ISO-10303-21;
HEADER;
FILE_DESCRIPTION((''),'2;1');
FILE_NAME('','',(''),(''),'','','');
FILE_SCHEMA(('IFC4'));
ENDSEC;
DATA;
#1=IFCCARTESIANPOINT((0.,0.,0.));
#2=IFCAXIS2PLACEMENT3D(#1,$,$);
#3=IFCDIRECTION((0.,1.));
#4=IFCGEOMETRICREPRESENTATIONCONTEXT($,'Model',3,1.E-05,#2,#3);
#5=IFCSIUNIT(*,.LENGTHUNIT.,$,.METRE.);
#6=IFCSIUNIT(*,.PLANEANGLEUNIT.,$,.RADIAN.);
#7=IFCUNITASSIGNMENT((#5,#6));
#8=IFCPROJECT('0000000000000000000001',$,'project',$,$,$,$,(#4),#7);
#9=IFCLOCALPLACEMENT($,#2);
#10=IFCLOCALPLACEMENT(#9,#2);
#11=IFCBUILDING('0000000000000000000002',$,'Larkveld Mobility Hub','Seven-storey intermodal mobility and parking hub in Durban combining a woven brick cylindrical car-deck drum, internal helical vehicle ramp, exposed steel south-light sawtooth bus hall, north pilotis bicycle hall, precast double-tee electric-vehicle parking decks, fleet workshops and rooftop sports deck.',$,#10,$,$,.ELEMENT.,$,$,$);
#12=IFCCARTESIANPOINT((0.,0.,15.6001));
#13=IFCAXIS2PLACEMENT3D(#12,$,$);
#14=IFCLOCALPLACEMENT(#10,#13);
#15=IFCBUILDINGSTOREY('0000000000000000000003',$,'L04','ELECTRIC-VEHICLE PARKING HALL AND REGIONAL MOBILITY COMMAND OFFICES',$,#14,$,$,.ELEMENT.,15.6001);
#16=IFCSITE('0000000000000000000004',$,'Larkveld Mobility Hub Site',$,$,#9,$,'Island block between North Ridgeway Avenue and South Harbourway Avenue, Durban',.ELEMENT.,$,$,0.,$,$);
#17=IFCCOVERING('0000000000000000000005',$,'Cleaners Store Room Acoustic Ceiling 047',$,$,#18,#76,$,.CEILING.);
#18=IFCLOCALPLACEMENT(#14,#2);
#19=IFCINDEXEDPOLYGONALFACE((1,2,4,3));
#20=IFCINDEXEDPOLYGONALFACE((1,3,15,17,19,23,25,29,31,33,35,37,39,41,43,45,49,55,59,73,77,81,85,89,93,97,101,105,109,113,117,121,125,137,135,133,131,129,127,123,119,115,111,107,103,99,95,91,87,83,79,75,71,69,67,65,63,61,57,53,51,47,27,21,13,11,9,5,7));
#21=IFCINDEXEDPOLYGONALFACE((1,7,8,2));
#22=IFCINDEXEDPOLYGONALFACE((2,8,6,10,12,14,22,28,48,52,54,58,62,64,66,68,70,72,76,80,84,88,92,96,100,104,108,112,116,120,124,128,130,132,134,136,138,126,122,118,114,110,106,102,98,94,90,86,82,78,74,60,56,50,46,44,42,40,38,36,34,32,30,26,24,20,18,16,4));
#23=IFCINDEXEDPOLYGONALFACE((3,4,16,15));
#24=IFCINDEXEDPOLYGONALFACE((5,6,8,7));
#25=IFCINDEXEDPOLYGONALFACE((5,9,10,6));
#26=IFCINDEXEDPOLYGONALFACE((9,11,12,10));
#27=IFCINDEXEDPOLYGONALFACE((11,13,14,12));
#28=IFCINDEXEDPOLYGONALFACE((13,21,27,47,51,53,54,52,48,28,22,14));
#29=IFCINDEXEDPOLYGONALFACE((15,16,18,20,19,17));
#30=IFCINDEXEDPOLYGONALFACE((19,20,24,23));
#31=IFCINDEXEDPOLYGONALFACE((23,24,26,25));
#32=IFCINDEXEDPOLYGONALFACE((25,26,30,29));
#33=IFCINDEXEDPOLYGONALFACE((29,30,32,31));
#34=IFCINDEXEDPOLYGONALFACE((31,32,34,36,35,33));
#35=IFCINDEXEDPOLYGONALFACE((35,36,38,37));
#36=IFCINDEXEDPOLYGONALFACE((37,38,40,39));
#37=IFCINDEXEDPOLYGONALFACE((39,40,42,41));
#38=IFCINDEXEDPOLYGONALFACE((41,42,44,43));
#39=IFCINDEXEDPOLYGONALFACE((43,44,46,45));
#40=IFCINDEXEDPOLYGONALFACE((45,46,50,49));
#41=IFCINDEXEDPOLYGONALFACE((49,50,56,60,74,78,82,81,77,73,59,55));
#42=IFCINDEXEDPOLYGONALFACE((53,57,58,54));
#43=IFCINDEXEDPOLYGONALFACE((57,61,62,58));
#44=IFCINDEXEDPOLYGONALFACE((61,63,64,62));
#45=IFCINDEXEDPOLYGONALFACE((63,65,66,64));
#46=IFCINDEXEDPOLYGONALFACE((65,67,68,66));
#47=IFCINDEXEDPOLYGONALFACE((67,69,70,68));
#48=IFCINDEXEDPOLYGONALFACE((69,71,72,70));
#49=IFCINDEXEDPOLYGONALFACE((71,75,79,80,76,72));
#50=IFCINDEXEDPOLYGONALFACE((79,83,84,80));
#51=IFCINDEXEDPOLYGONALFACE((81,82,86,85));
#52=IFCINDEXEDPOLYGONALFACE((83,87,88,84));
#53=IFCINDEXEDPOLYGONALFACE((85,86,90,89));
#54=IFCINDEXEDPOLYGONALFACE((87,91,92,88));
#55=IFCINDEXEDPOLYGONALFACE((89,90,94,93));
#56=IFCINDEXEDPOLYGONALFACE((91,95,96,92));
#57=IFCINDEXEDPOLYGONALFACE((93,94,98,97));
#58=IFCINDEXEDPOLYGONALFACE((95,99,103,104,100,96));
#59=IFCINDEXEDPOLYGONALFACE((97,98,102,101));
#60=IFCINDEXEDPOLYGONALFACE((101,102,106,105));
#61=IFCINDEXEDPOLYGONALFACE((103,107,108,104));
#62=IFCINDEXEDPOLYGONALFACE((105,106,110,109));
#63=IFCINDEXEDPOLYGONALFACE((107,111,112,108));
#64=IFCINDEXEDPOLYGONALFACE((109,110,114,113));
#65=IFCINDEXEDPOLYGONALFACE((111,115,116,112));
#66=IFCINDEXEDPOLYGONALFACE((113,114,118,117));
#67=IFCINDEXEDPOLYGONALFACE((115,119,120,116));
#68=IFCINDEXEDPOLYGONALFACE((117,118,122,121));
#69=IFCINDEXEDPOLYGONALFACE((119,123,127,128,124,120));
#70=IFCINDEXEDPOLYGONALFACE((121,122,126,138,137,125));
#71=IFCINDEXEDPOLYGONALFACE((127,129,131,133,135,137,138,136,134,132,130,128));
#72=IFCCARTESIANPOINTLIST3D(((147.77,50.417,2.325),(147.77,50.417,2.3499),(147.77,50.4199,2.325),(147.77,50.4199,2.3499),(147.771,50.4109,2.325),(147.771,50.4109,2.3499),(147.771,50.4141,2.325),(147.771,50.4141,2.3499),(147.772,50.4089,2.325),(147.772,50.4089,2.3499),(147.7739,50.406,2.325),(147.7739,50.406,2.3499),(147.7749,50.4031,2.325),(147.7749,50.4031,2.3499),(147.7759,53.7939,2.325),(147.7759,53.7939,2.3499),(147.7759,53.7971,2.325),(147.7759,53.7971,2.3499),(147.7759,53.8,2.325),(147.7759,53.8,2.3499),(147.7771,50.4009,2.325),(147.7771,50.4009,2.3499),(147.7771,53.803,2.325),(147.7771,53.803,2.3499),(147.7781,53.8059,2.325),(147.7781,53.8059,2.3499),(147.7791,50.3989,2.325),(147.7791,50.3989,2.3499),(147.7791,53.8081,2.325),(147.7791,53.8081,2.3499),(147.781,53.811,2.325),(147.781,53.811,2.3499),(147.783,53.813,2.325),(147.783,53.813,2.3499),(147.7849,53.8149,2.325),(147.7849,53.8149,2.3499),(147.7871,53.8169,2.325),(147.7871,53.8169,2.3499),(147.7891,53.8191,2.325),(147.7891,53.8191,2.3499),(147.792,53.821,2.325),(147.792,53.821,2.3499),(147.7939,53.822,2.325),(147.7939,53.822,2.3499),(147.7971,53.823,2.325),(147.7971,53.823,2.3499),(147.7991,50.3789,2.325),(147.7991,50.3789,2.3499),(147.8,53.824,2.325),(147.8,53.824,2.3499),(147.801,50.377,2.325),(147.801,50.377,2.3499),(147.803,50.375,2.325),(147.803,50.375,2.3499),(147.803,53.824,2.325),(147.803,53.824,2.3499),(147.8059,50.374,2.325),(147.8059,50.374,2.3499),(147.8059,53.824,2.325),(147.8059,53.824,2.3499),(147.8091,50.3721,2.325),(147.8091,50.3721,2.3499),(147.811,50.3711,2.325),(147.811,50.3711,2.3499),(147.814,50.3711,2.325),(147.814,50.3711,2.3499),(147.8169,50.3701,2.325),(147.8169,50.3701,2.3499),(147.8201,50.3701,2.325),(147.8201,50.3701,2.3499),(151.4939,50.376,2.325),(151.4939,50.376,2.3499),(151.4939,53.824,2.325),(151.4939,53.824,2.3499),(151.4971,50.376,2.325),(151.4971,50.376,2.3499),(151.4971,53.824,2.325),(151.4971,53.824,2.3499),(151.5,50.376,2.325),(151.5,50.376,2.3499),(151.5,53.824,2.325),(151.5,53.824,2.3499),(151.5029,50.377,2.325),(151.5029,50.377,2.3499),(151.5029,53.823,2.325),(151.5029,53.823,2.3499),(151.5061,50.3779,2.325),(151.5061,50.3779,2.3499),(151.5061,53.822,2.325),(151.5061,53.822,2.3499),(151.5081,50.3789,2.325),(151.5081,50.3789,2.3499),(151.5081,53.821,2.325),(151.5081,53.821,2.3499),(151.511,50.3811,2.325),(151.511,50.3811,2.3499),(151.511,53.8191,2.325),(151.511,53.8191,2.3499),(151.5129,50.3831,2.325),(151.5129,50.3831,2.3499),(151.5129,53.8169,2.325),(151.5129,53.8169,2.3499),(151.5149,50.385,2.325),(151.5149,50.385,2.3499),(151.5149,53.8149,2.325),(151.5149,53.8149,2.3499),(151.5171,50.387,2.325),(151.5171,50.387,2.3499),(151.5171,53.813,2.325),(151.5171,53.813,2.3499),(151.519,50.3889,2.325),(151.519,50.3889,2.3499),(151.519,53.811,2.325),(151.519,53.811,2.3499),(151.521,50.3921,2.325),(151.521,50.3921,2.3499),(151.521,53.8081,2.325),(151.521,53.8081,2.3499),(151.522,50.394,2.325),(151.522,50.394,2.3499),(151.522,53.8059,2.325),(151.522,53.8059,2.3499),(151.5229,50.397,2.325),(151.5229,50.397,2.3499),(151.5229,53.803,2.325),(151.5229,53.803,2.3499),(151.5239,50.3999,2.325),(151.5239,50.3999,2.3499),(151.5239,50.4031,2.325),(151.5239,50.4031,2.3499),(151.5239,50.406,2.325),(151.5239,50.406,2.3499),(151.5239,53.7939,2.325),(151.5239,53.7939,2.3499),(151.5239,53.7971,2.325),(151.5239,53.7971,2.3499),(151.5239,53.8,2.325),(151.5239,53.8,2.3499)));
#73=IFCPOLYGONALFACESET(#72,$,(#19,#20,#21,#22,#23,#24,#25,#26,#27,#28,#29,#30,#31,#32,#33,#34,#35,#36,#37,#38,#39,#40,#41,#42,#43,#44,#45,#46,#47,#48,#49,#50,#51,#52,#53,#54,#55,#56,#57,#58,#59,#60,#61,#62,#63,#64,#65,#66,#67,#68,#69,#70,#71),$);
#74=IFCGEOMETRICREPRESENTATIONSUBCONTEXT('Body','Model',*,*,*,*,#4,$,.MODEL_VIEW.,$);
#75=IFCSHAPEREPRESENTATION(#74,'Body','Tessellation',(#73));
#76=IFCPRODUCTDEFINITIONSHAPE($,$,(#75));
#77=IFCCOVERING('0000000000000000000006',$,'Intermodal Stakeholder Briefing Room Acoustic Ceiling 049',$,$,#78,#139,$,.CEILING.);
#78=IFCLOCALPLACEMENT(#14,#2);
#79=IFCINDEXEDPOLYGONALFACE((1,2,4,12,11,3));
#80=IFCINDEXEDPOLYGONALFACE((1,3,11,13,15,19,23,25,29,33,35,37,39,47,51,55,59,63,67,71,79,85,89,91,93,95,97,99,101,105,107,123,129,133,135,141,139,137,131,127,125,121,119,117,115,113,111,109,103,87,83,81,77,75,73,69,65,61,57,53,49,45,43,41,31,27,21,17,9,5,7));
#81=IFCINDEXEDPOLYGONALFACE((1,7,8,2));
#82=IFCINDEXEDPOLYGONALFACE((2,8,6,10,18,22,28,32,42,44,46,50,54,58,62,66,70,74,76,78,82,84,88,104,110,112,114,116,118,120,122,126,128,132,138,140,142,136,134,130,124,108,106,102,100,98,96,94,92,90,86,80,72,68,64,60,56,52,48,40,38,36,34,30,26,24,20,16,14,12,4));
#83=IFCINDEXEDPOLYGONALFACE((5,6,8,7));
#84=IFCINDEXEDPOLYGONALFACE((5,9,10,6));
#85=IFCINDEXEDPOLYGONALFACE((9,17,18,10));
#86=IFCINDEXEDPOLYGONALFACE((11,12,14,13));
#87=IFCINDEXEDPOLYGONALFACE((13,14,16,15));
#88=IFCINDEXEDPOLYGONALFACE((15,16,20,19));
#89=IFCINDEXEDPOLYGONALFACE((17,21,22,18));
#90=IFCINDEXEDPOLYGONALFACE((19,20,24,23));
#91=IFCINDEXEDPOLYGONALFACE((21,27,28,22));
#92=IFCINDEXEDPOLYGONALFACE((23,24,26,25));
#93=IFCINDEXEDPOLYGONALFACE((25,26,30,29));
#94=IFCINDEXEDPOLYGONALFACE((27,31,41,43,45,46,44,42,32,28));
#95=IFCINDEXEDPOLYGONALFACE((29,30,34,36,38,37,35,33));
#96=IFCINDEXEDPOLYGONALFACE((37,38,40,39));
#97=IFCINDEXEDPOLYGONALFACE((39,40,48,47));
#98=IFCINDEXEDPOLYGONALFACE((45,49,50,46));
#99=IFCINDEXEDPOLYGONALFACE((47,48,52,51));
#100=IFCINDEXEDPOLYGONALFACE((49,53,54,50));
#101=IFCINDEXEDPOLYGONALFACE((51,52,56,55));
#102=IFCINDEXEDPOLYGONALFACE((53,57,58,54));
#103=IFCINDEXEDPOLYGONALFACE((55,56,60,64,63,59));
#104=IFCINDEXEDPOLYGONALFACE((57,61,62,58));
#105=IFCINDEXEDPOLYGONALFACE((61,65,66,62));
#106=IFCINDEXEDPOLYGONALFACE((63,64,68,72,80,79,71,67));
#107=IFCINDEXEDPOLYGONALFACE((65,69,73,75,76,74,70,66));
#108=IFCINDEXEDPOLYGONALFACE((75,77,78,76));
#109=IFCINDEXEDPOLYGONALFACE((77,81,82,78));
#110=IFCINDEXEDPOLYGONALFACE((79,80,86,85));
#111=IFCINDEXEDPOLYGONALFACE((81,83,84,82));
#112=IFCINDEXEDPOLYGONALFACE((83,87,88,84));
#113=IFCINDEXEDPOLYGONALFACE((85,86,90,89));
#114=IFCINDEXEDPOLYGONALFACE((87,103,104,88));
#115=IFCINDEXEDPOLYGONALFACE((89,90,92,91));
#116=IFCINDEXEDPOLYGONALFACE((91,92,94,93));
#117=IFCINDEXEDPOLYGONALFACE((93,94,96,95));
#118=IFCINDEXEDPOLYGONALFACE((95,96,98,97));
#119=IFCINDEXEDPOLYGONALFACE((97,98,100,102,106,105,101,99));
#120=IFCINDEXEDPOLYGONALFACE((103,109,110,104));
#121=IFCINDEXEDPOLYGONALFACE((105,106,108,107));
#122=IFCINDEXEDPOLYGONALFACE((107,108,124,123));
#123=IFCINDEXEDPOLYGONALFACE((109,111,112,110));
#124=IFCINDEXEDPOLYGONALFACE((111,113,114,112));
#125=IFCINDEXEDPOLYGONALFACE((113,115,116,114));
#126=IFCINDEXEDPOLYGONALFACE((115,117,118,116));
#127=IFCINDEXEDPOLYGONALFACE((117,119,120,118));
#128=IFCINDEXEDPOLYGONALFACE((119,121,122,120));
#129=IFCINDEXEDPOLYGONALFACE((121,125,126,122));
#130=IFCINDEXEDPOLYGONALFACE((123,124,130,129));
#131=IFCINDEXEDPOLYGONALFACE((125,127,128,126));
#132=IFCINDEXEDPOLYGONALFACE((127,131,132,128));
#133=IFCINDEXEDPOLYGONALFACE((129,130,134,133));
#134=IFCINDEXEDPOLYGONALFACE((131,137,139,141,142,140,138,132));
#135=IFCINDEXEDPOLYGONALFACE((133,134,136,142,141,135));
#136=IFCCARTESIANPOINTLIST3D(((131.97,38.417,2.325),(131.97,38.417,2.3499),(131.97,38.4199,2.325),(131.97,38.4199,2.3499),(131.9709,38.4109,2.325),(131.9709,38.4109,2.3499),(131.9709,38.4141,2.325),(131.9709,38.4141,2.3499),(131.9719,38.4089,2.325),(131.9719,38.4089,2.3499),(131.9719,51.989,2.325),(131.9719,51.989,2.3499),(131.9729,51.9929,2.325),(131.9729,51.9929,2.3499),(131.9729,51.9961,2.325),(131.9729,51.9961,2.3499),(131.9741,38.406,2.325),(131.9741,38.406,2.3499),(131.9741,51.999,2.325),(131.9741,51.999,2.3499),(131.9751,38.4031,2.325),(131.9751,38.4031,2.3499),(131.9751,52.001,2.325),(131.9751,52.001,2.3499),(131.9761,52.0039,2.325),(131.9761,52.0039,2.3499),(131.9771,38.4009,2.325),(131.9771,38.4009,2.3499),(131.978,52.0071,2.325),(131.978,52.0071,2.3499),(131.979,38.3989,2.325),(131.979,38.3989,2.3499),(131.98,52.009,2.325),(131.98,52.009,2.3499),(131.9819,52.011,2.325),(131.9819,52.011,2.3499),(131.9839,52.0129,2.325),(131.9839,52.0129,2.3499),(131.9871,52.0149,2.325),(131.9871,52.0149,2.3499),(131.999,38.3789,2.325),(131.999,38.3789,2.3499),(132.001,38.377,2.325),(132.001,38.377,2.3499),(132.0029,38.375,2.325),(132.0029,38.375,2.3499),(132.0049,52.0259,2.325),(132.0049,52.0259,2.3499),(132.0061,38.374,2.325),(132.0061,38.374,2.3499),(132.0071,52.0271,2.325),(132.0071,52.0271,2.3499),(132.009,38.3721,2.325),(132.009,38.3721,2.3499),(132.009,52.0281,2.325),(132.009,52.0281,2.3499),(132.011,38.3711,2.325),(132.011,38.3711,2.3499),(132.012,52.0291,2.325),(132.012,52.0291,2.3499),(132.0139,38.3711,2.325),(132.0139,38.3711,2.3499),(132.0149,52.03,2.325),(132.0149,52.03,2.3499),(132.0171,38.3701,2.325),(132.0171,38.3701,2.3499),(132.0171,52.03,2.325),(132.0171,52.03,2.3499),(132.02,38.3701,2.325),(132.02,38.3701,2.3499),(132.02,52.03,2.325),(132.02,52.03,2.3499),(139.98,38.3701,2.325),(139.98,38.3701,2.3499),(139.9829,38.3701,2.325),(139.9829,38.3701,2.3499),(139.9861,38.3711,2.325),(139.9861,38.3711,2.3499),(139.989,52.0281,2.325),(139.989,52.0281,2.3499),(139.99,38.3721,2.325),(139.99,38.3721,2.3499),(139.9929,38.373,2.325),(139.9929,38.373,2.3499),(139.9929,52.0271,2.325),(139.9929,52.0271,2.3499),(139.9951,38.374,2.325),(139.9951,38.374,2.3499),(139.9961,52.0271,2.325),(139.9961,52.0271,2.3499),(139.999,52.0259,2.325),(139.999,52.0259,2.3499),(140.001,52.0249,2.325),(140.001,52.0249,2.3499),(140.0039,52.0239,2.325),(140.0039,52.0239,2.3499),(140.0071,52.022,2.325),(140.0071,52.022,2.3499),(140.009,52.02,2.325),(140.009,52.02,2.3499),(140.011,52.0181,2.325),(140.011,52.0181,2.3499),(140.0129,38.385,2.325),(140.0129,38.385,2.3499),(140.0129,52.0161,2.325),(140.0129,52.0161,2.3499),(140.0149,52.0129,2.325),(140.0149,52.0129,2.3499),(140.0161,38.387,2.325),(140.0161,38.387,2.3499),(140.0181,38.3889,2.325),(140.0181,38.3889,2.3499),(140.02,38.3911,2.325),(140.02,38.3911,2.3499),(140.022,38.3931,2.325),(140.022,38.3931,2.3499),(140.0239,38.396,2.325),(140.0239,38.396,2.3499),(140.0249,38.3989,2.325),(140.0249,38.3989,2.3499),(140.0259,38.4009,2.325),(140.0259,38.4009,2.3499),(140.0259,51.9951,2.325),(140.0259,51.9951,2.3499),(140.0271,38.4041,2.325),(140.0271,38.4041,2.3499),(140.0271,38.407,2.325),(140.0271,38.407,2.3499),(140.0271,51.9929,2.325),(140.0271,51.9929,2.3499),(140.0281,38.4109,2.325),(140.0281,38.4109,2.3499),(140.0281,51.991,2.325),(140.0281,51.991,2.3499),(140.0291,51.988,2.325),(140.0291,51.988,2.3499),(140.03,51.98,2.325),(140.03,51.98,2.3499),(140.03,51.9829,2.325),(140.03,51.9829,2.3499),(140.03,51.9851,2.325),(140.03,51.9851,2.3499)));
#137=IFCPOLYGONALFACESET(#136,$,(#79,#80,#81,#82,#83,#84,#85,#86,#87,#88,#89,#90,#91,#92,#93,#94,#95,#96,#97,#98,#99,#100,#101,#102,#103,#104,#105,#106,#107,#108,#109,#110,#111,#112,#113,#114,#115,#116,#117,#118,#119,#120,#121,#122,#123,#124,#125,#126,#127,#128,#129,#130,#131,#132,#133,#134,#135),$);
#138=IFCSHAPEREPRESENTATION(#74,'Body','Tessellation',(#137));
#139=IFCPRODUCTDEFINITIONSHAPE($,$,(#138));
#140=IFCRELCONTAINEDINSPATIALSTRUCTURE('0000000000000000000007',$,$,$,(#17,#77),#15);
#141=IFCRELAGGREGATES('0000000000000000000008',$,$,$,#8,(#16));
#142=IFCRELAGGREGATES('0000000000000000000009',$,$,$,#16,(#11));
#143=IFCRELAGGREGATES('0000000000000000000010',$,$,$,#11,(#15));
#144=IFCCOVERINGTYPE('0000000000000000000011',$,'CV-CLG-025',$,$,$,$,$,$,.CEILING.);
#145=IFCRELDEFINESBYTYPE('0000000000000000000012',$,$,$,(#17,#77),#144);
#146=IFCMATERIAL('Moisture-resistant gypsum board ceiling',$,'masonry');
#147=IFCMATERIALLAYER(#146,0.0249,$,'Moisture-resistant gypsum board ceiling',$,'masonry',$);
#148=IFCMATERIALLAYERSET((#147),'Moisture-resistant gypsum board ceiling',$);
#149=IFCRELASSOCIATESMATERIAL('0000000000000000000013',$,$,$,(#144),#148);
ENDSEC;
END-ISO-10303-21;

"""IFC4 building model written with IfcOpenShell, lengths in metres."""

from ifc_helpers import new_model, si_unit, direction, frame, origin, place, context, subcontext, project, spatial, polyline, outline, extrude, material, layer, layer_set, type_object, element, save


model = new_model("IFC4")

# Units and contexts
model_context = context("Model", 3, precision=1e-05, world=origin(), true_north=direction((0.0, 1.0)))
body_context = subcontext(model_context, "Body", "Model", "MODEL_VIEW")
ifc_project = project(units=[si_unit("LENGTHUNIT", "METRE"), si_unit("PLANEANGLEUNIT", "RADIAN")], contexts=[model_context])

# Site, building, storey
site_placement = place(None, origin())
site = spatial("IfcSite", under=ifc_project, at=site_placement, Name="Larkveld Mobility Hub Site", LongName="Island block between North Ridgeway Avenue and South Harbourway Avenue, Durban", CompositionType="ELEMENT", RefElevation=0.0)
building_placement = place(site_placement, origin())
building = spatial("IfcBuilding", under=site, at=building_placement, Name="Larkveld Mobility Hub", Description="Seven-storey intermodal mobility and parking hub in Durban combining a woven brick cylindrical car-deck drum, internal helical vehicle ramp, exposed steel south-light sawtooth bus hall, north pilotis bicycle hall, precast double-tee electric-vehicle parking decks, fleet workshops and rooftop sports deck.", CompositionType="ELEMENT")
storey_placement = place(building_placement, frame((0.0, 0.0, 15.6001)))
storey = spatial("IfcBuildingStorey", under=building, at=storey_placement, Name="L04", Description="ELECTRIC-VEHICLE PARKING HALL AND REGIONAL MOBILITY COMMAND OFFICES", CompositionType="ELEMENT", Elevation=15.6001)

# Coverings
ifc_material_1 = material(Name="Moisture-resistant gypsum board ceiling", Category="masonry")
ifc_layer_1 = layer(ifc_material_1, 0.0249, Name="Moisture-resistant gypsum board ceiling", Category="masonry")
ifc_layer_set_1 = layer_set([ifc_layer_1], Name="Moisture-resistant gypsum board ceiling")
covering_type_1 = type_object("IfcCoveringType", Name="CV-CLG-025", PredefinedType="CEILING", material=ifc_layer_set_1)
covering_1_placement = place(storey_placement, frame((0.0, 0.0, 2.325)))
element("IfcCovering", 1, at=covering_1_placement, inside=storey, type_object=covering_type_1, Name="Cleaners Store Room Acoustic Ceiling 047", PredefinedType="CEILING", context=body_context, shape_type="SweptSolid", body=[
    extrude(outline(polyline([(147.8201, 50.3701), (147.8169, 50.3701), (147.814, 50.3711), (147.811, 50.3711), (147.8091, 50.3721), (147.8059, 50.374), (147.803, 50.375), (147.801, 50.377), (147.7991, 50.3789), (147.7791, 50.3989), (147.7771, 50.4009), (147.7749, 50.4031), (147.7739, 50.406), (147.772, 50.4089), (147.771, 50.4109), (147.771, 50.4141), (147.77, 50.417), (147.77, 50.4199), (147.7759, 53.7939), (147.7759, 53.7971), (147.7759, 53.8), (147.7771, 53.803), (147.7781, 53.8059), (147.7791, 53.8081), (147.781, 53.811), (147.783, 53.813), (147.7849, 53.8149), (147.7871, 53.8169), (147.7891, 53.8191), (147.792, 53.821), (147.7939, 53.822), (147.7971, 53.823), (147.8, 53.824), (147.803, 53.824), (147.8059, 53.824), (151.4939, 53.824), (151.4971, 53.824), (151.5, 53.824), (151.5029, 53.823), (151.5061, 53.822), (151.5081, 53.821), (151.511, 53.8191), (151.5129, 53.8169), (151.5149, 53.8149), (151.5171, 53.813), (151.519, 53.811), (151.521, 53.8081), (151.522, 53.8059), (151.5229, 53.803), (151.5239, 53.8), (151.5239, 53.7971), (151.5239, 53.7939), (151.5239, 50.406), (151.5239, 50.4031), (151.5239, 50.3999), (151.5229, 50.397), (151.522, 50.394), (151.521, 50.3921), (151.519, 50.3889), (151.5171, 50.387), (151.5149, 50.385), (151.5129, 50.3831), (151.511, 50.3811), (151.5081, 50.3789), (151.5061, 50.3779), (151.5029, 50.377), (151.5, 50.376), (151.4971, 50.376), (151.4939, 50.376), (147.8201, 50.3701)])), origin(), (0.0, 0.0, 1.0), 0.0249),
])
covering_2_placement = place(storey_placement, frame((0.0, 0.0, 2.325)))
element("IfcCovering", 2, at=covering_2_placement, inside=storey, type_object=covering_type_1, Name="Intermodal Stakeholder Briefing Room Acoustic Ceiling 049", PredefinedType="CEILING", context=body_context, shape_type="SweptSolid", body=[
    extrude(outline(polyline([(132.02, 38.3701), (132.0171, 38.3701), (132.0139, 38.3711), (132.011, 38.3711), (132.009, 38.3721), (132.0061, 38.374), (132.0029, 38.375), (132.001, 38.377), (131.999, 38.3789), (131.979, 38.3989), (131.9771, 38.4009), (131.9751, 38.4031), (131.9741, 38.406), (131.9719, 38.4089), (131.9709, 38.4109), (131.9709, 38.4141), (131.97, 38.417), (131.97, 38.4199), (131.9719, 51.989), (131.9729, 51.9929), (131.9729, 51.9961), (131.9741, 51.999), (131.9751, 52.001), (131.9761, 52.0039), (131.978, 52.0071), (131.98, 52.009), (131.9819, 52.011), (131.9839, 52.0129), (131.9871, 52.0149), (132.0049, 52.0259), (132.0071, 52.0271), (132.009, 52.0281), (132.012, 52.0291), (132.0149, 52.03), (132.0171, 52.03), (132.02, 52.03), (139.989, 52.0281), (139.9929, 52.0271), (139.9961, 52.0271), (139.999, 52.0259), (140.001, 52.0249), (140.0039, 52.0239), (140.0071, 52.022), (140.009, 52.02), (140.011, 52.0181), (140.0129, 52.0161), (140.0149, 52.0129), (140.0259, 51.9951), (140.0271, 51.9929), (140.0281, 51.991), (140.0291, 51.988), (140.03, 51.9851), (140.03, 51.9829), (140.03, 51.98), (140.0281, 38.4109), (140.0271, 38.407), (140.0271, 38.4041), (140.0259, 38.4009), (140.0249, 38.3989), (140.0239, 38.396), (140.022, 38.3931), (140.02, 38.3911), (140.0181, 38.3889), (140.0161, 38.387), (140.0129, 38.385), (139.9951, 38.374), (139.9929, 38.373), (139.99, 38.3721), (139.9861, 38.3711), (139.9829, 38.3701), (139.98, 38.3701), (132.02, 38.3701)])), origin(), (0.0, 0.0, 1.0), 0.0249),
])

save(model, "model.ifc")
